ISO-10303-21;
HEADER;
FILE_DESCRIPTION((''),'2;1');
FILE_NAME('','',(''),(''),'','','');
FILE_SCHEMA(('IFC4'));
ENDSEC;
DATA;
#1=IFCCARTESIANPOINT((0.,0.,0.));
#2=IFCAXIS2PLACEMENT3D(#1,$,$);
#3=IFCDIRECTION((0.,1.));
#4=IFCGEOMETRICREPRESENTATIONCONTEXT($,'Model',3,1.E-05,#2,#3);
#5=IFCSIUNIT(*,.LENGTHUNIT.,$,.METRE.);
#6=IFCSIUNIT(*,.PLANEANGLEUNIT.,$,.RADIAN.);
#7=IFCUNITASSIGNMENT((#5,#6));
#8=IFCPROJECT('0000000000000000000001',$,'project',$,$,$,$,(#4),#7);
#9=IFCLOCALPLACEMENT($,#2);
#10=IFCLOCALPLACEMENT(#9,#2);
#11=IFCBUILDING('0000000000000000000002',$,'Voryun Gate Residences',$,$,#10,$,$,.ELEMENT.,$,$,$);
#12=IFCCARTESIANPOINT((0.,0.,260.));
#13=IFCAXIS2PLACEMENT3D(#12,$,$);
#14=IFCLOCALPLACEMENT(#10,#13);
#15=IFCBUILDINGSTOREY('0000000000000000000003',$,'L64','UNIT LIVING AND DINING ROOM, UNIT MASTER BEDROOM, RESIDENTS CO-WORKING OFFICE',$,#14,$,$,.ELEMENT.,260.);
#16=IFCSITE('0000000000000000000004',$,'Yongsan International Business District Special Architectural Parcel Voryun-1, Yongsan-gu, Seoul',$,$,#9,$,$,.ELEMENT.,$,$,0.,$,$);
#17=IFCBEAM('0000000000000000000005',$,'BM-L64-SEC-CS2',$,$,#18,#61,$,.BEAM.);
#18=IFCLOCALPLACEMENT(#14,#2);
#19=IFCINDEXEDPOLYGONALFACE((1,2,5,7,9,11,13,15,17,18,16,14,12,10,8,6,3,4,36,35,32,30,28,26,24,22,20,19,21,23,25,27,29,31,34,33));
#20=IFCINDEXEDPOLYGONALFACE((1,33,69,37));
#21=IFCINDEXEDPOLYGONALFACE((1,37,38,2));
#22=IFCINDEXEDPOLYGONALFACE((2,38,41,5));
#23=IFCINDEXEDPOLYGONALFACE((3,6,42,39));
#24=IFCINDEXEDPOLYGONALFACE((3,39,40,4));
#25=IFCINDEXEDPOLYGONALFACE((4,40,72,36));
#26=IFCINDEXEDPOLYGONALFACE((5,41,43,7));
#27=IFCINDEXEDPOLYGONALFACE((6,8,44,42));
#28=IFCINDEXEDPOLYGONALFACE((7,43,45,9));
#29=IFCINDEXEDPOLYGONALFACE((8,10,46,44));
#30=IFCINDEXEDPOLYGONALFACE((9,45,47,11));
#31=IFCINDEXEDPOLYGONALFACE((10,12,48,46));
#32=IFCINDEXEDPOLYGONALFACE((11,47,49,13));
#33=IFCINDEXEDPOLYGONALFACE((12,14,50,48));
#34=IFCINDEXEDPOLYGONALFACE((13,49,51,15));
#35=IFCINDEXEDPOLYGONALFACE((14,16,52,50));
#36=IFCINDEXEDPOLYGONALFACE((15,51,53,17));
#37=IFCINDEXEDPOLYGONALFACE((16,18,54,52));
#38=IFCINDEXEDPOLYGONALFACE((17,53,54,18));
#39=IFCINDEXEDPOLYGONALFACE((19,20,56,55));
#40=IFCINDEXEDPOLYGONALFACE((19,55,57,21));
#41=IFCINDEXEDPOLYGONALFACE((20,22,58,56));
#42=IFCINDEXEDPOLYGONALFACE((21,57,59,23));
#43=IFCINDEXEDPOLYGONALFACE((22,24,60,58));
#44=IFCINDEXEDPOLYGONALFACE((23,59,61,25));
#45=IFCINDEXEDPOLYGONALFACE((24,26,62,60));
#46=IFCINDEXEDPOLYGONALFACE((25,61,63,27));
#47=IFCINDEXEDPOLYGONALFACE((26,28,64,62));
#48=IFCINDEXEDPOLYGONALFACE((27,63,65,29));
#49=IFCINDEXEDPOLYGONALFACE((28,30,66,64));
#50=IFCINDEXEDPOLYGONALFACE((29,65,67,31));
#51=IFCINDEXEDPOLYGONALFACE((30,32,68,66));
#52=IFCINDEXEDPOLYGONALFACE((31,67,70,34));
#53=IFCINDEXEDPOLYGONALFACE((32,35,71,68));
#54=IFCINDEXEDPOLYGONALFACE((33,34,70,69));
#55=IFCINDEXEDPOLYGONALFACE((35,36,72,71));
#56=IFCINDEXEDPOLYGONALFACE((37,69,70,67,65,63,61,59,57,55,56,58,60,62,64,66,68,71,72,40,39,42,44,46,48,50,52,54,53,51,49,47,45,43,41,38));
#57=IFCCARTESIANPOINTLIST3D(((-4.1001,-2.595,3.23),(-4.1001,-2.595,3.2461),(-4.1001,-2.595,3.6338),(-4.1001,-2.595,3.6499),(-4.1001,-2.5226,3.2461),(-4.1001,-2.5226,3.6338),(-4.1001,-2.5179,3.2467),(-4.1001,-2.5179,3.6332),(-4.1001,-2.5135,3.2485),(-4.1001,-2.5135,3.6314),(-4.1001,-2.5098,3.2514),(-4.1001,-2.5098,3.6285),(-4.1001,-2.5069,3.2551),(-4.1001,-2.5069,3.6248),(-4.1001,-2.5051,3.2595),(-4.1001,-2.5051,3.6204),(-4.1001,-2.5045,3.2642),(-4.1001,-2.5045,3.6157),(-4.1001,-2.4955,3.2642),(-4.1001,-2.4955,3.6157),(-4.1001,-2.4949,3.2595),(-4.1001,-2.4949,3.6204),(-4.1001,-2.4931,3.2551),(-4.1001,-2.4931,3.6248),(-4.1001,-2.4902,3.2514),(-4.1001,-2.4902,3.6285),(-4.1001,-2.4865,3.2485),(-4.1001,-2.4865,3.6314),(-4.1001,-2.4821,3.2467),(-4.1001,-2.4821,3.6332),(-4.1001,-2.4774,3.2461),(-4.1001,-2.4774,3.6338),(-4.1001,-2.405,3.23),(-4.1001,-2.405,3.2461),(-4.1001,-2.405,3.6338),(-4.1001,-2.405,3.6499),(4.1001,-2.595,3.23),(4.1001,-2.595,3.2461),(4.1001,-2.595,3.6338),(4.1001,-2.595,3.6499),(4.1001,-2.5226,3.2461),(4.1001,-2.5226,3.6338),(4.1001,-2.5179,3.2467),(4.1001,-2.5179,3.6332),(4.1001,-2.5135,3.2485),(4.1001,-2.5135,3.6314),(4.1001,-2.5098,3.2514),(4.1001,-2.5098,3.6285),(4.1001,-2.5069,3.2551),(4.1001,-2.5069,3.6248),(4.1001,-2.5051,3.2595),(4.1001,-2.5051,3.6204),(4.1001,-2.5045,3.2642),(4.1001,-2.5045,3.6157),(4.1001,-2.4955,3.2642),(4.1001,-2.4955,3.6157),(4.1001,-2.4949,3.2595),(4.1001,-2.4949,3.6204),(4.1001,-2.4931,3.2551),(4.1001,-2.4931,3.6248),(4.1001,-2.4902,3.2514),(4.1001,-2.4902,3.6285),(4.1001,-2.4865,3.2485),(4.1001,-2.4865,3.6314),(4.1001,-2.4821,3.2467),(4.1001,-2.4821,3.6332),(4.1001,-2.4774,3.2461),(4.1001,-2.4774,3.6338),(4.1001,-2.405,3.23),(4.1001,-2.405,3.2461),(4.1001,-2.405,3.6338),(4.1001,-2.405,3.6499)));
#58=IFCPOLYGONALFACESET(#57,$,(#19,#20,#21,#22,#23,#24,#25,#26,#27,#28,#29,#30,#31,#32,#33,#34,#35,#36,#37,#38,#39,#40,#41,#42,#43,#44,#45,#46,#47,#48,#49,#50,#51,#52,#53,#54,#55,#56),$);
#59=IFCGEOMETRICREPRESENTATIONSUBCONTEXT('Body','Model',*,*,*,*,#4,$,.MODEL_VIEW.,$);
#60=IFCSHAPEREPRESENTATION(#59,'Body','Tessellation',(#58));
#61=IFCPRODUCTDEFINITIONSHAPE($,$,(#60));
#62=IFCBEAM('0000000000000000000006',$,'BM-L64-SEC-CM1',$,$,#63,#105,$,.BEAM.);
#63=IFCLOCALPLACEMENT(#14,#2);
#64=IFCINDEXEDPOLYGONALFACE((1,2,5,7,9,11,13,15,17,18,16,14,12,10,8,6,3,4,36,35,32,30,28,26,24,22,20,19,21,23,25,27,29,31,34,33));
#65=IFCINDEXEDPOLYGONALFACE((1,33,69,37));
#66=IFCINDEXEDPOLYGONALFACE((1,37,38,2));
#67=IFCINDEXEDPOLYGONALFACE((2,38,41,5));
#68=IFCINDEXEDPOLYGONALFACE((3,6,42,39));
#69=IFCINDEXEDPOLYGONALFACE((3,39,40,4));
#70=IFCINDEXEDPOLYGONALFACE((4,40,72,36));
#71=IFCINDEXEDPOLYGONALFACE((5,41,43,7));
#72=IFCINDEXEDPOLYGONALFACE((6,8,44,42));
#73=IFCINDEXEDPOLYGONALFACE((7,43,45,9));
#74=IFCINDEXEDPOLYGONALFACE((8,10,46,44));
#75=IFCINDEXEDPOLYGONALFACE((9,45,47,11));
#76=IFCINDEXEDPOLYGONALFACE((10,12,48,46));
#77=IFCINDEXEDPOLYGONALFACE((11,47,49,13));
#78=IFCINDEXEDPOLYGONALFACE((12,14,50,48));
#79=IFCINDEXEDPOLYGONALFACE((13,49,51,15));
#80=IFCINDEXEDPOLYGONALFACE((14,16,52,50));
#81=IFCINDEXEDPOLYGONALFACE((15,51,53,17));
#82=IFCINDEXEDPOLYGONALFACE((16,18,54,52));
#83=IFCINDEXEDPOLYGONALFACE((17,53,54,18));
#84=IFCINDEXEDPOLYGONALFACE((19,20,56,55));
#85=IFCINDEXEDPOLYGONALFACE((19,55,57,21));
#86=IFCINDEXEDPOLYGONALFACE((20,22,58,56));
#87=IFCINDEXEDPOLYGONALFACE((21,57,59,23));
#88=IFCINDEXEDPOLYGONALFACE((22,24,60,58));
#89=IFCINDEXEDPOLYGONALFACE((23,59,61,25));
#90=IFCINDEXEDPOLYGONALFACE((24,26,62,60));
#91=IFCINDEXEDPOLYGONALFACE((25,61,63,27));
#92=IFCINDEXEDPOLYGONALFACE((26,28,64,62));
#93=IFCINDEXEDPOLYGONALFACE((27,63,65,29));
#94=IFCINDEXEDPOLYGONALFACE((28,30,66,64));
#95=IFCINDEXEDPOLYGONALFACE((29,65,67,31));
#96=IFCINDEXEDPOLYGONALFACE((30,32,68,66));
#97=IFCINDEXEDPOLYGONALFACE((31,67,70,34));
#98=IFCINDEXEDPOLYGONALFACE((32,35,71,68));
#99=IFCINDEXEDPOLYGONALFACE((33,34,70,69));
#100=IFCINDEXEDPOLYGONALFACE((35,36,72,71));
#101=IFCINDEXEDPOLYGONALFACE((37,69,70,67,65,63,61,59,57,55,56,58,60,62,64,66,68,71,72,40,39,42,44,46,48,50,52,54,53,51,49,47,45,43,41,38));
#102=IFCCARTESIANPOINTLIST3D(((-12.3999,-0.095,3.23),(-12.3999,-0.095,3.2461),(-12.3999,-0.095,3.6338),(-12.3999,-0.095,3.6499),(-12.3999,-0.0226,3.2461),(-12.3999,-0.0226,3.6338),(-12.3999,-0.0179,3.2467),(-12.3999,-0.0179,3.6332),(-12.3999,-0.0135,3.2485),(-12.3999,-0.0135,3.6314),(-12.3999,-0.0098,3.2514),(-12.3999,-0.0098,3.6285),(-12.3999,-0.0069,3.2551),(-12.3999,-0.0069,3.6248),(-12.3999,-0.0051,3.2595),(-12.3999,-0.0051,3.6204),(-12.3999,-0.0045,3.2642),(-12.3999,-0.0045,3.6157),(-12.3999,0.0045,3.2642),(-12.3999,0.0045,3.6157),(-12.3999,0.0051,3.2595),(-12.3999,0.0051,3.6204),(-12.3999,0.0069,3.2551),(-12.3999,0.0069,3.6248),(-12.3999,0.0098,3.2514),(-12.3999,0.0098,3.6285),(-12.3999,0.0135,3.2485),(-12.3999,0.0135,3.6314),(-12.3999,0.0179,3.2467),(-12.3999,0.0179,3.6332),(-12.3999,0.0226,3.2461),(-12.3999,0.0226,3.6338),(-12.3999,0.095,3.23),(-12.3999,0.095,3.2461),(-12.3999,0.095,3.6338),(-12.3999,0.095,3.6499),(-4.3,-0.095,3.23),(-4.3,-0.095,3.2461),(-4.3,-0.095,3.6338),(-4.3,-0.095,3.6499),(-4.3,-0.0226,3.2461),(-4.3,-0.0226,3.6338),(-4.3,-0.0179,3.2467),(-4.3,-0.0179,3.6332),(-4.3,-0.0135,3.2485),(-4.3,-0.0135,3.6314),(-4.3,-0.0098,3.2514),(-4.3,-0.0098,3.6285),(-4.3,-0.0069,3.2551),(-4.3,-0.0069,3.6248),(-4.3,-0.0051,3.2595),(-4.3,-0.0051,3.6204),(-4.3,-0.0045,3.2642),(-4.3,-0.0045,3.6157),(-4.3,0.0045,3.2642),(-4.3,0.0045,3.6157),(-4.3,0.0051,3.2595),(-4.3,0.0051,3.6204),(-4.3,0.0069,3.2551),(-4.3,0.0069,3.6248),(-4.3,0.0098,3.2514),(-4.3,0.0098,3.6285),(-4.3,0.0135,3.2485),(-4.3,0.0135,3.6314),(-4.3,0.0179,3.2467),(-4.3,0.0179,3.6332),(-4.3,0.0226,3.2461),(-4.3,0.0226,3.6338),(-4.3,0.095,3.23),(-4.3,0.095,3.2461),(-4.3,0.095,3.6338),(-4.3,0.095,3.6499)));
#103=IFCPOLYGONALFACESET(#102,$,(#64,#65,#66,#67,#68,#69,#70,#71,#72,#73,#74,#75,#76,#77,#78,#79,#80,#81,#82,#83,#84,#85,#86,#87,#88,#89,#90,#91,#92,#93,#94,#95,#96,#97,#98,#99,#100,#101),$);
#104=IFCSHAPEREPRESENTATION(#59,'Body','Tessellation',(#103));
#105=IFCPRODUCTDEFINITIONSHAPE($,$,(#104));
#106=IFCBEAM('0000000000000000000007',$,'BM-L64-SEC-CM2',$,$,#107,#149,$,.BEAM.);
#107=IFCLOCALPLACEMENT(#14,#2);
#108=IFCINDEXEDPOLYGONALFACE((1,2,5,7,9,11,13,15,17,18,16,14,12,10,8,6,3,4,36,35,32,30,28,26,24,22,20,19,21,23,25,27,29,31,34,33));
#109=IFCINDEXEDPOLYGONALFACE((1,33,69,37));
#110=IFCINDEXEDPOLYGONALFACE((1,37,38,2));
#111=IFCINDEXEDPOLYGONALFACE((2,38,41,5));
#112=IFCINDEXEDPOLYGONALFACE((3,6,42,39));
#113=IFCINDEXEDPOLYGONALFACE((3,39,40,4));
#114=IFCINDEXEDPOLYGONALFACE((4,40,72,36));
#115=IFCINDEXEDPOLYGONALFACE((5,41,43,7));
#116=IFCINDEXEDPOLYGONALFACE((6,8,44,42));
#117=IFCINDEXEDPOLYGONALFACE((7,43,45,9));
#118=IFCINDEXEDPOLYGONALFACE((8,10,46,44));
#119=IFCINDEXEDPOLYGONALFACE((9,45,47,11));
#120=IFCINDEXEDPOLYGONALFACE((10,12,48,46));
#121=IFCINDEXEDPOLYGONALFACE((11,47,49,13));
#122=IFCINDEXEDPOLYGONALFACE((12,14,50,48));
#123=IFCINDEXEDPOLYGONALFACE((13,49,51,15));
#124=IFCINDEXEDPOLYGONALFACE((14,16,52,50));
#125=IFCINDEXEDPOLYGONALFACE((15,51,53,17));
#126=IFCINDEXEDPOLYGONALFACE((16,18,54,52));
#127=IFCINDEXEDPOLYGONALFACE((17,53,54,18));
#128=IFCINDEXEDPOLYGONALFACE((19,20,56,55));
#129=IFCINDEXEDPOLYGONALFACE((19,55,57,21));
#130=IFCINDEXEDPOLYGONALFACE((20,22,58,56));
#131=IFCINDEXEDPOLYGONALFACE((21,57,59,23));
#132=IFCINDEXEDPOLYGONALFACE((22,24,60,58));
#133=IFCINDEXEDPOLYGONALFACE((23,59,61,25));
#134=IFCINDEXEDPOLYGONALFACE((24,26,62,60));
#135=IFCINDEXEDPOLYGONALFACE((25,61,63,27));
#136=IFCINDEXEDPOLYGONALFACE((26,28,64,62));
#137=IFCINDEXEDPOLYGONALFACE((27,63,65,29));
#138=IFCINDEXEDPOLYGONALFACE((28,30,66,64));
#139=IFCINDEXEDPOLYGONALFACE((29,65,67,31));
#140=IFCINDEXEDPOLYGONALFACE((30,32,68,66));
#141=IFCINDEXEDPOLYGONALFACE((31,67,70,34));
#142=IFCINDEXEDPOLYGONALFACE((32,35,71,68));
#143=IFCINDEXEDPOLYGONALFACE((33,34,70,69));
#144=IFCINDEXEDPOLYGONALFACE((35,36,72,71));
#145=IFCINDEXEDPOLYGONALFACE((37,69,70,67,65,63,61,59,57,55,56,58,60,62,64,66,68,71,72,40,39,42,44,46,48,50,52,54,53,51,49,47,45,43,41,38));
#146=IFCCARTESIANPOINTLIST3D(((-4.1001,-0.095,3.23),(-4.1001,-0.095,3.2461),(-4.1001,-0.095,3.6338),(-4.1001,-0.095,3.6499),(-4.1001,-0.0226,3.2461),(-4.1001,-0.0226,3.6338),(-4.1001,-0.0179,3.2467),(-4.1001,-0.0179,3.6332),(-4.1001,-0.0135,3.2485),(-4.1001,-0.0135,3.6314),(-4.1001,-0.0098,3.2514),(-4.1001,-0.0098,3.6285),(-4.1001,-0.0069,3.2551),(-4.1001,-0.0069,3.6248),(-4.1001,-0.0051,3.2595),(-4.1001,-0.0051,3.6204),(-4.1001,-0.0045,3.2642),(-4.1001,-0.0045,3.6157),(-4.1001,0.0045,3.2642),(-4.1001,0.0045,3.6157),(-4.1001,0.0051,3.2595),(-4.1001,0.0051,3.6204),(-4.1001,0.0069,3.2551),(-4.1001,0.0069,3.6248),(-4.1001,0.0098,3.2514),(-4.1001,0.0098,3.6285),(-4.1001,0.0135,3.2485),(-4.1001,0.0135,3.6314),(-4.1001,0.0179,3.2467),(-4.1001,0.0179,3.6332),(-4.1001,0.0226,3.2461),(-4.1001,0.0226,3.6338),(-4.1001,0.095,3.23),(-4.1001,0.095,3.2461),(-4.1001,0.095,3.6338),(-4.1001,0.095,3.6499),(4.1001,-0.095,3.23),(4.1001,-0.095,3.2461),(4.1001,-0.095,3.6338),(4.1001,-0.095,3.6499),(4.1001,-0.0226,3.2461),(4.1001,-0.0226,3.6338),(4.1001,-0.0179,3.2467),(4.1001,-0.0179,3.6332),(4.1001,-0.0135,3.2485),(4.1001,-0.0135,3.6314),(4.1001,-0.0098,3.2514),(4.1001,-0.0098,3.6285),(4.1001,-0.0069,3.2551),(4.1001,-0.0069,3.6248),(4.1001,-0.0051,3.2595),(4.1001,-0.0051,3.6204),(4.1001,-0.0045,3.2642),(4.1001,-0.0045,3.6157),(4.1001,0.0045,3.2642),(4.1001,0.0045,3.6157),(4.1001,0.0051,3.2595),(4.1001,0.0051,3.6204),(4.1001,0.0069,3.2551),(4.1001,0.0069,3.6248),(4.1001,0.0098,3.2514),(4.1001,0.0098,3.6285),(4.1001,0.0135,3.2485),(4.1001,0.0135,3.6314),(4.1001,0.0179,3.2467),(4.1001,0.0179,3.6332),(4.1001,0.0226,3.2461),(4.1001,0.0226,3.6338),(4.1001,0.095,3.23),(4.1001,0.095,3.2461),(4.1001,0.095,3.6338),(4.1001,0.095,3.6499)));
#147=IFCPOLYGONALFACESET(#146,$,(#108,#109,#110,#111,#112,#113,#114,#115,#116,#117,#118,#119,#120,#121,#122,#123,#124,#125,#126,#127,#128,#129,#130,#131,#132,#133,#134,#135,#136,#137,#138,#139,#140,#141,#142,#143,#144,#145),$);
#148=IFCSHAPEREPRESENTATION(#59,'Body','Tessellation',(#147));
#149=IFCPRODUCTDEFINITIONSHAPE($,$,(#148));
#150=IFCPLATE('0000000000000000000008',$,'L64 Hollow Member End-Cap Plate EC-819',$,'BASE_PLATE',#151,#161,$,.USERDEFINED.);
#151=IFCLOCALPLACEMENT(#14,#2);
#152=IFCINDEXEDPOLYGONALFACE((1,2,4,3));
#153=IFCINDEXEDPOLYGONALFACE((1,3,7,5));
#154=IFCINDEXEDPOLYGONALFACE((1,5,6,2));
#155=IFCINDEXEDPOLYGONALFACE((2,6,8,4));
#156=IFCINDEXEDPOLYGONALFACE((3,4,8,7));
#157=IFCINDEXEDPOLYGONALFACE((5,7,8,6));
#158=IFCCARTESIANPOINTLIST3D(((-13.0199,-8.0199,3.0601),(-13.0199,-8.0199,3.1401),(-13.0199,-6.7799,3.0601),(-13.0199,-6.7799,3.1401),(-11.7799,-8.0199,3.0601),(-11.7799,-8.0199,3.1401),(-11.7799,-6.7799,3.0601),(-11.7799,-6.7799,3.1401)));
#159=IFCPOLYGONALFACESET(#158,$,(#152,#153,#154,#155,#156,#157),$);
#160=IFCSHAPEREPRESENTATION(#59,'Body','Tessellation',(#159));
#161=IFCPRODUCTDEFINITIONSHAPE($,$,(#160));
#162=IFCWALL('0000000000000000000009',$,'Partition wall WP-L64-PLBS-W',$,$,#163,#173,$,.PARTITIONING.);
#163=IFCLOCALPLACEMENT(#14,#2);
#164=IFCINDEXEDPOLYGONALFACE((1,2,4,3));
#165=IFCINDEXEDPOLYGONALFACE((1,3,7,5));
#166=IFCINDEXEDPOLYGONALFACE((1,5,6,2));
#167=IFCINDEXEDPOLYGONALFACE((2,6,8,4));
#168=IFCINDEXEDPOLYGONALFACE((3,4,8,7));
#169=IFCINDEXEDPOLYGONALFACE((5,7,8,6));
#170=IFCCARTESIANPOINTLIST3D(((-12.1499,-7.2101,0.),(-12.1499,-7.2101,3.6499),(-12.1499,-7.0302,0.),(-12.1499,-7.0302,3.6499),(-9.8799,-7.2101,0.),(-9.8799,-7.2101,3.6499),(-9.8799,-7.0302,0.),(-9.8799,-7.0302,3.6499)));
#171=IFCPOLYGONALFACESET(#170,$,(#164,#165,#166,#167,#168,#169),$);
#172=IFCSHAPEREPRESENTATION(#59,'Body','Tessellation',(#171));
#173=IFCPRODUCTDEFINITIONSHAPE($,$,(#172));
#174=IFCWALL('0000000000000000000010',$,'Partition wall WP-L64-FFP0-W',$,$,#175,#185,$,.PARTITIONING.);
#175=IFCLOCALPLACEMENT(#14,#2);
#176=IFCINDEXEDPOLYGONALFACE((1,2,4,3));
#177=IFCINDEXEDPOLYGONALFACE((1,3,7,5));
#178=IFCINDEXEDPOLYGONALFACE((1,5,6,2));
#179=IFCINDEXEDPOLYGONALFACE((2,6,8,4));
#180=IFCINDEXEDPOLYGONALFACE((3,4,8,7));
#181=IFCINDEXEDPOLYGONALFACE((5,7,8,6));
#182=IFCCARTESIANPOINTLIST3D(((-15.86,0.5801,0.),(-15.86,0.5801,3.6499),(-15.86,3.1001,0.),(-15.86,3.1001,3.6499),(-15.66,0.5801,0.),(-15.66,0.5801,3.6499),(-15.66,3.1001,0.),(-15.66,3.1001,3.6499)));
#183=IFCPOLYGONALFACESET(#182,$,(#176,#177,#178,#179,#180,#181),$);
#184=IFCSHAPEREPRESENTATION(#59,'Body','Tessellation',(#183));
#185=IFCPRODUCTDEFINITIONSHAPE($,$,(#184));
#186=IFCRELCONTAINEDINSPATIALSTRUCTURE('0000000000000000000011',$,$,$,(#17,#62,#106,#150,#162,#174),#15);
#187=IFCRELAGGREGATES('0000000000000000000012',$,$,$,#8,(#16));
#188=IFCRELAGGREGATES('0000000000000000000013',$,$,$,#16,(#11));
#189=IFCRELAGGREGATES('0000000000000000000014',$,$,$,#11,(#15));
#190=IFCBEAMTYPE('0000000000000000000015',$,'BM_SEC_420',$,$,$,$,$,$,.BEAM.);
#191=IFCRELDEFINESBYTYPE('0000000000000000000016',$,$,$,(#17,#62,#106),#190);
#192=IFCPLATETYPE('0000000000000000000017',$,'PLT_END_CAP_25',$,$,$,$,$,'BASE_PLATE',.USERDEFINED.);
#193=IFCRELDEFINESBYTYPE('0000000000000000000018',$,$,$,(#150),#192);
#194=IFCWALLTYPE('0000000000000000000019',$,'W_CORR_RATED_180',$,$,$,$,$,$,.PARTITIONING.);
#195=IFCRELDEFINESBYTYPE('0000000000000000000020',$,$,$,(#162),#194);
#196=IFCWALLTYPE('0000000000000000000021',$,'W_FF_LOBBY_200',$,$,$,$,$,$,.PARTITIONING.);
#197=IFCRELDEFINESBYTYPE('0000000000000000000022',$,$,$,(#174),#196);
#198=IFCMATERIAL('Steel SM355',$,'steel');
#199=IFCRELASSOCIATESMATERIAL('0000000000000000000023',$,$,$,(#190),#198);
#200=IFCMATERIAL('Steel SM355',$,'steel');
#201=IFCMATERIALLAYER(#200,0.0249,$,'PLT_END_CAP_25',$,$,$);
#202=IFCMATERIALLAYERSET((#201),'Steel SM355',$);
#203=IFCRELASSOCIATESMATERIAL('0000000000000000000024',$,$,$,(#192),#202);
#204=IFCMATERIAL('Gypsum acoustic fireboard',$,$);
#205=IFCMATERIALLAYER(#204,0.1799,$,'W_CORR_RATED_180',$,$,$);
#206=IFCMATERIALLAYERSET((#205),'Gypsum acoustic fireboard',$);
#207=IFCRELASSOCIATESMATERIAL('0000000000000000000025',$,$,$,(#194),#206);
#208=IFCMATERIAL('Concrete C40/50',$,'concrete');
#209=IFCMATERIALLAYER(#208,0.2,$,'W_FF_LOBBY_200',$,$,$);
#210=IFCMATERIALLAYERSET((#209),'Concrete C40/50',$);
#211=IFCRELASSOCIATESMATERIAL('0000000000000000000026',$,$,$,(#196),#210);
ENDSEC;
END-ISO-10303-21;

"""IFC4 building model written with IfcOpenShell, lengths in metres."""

from ifc_helpers import new_model, si_unit, direction, frame, frame_2d, origin, origin_2d, place, context, subcontext, project, spatial, rectangle, i_section, extrude, material, layer, layer_set, material_profile, profile_set, type_object, element, save


model = new_model("IFC4")

# Units and contexts
model_context = context("Model", 3, precision=1e-05, world=origin(), true_north=direction((0.0, 1.0)))
body_context = subcontext(model_context, "Body", "Model", "MODEL_VIEW")
ifc_project = project(units=[si_unit("LENGTHUNIT", "METRE"), si_unit("PLANEANGLEUNIT", "RADIAN")], contexts=[model_context])

# Site, building, storey
site_placement = place(None, origin())
site = spatial("IfcSite", under=ifc_project, at=site_placement, Name="Yongsan International Business District Special Architectural Parcel Voryun-1, Yongsan-gu, Seoul", CompositionType="ELEMENT", RefElevation=0.0)
building_placement = place(site_placement, origin())
building = spatial("IfcBuilding", under=site, at=building_placement, Name="Voryun Gate Residences", CompositionType="ELEMENT")
storey_placement = place(building_placement, frame((0.0, 0.0, 260.0)))
storey = spatial("IfcBuildingStorey", under=building, at=storey_placement, Name="L64", Description="UNIT LIVING AND DINING ROOM, UNIT MASTER BEDROOM, RESIDENTS CO-WORKING OFFICE", CompositionType="ELEMENT", Elevation=260.0)

# Beams
ifc_material_1 = material(Name="Steel SM355", Category="steel")
ifc_material_profile_1 = material_profile(ifc_material_1, i_section(OverallWidth=0.1899, OverallDepth=0.4199, WebThickness=0.009, FlangeThickness=0.0161, FilletRadius=0.0181, at=origin_2d()), Name="H-420x190x9x16")
ifc_profile_set_1 = profile_set([ifc_material_profile_1], Name="Steel SM355")
beam_type_1 = type_object("IfcBeamType", Name="BM_SEC_420", PredefinedType="BEAM", material=ifc_profile_set_1)
beam_1_placement = place(storey_placement, frame((-4.1001, -2.5, 3.4399), z_axis=(1.0, 0.0, 0.0), x_axis=(0.0, 1.0, 0.0)))
element("IfcBeam", 1, at=beam_1_placement, inside=storey, type_object=beam_type_1, Name="BM-L64-SEC-CS2", PredefinedType="BEAM", context=body_context, shape_type="SweptSolid", body=[
    extrude(i_section(OverallWidth=0.1899, OverallDepth=0.4199, WebThickness=0.009, FlangeThickness=0.0161, FilletRadius=0.0181, at=origin_2d()), origin(), (0.0, 0.0, 1.0), 8.2002),
])
beam_2_placement = place(storey_placement, frame((-12.3999, 0.0, 3.4399), z_axis=(1.0, 0.0, 0.0), x_axis=(0.0, 1.0, 0.0)))
element("IfcBeam", 2, at=beam_2_placement, inside=storey, type_object=beam_type_1, Name="BM-L64-SEC-CM1", PredefinedType="BEAM", context=body_context, shape_type="SweptSolid", body=[
    extrude(i_section(OverallWidth=0.1899, OverallDepth=0.4199, WebThickness=0.009, FlangeThickness=0.0161, FilletRadius=0.0181, at=origin_2d()), origin(), (0.0, 0.0, 1.0), 8.0999),
])
beam_3_placement = place(storey_placement, frame((-4.1001, 0.0, 3.4399), z_axis=(1.0, 0.0, 0.0), x_axis=(0.0, 1.0, 0.0)))
element("IfcBeam", 3, at=beam_3_placement, inside=storey, type_object=beam_type_1, Name="BM-L64-SEC-CM2", PredefinedType="BEAM", context=body_context, shape_type="SweptSolid", body=[
    extrude(i_section(OverallWidth=0.1899, OverallDepth=0.4199, WebThickness=0.009, FlangeThickness=0.0161, FilletRadius=0.0181, at=origin_2d()), origin(), (0.0, 0.0, 1.0), 8.2002),
])

# Plate
ifc_material_2 = material(Name="Steel SM355", Category="steel")
ifc_layer_1 = layer(ifc_material_2, 0.0249, Name="PLT_END_CAP_25")
ifc_layer_set_1 = layer_set([ifc_layer_1], Name="Steel SM355")
plate_type = type_object("IfcPlateType", Name="PLT_END_CAP_25", ElementType="BASE_PLATE", PredefinedType="USERDEFINED", material=ifc_layer_set_1)
plate_placement = place(storey_placement, frame((-12.3999, -7.3999, 3.0601), z_axis=(0.0, 0.0, 1.0), x_axis=(1.0, 0.0, 0.0)))
element("IfcPlate", 4, at=plate_placement, inside=storey, type_object=plate_type, Name="L64 Hollow Member End-Cap Plate EC-819", ObjectType="BASE_PLATE", PredefinedType="USERDEFINED", context=body_context, shape_type="SweptSolid", body=[
    extrude(rectangle(XDim=1.24, YDim=1.24, at=origin_2d()), origin(), (0.0, 0.0, 1.0), 0.0801),
])

# Walls
ifc_material_3 = material(Name="Gypsum acoustic fireboard")
ifc_layer_2 = layer(ifc_material_3, 0.1799, Name="W_CORR_RATED_180")
ifc_layer_set_2 = layer_set([ifc_layer_2], Name="Gypsum acoustic fireboard")
wall_type_1 = type_object("IfcWallType", Name="W_CORR_RATED_180", PredefinedType="PARTITIONING", material=ifc_layer_set_2)
wall_1_placement = place(storey_placement, frame((-12.1499, -7.1201, 0.0), z_axis=(0.0, 0.0, 1.0), x_axis=(1.0, 0.0, 0.0)))
element("IfcWall", 5, at=wall_1_placement, inside=storey, type_object=wall_type_1, Name="Partition wall WP-L64-PLBS-W", PredefinedType="PARTITIONING", context=body_context, shape_type="SweptSolid", body=[
    extrude(rectangle(XDim=2.27, YDim=0.1799, at=frame_2d((1.135, 0.0))), origin(), (0.0, 0.0, 1.0), 3.6499),
])
ifc_material_4 = material(Name="Concrete C40/50", Category="concrete")
ifc_layer_3 = layer(ifc_material_4, 0.2, Name="W_FF_LOBBY_200")
ifc_layer_set_3 = layer_set([ifc_layer_3], Name="Concrete C40/50")
wall_type_2 = type_object("IfcWallType", Name="W_FF_LOBBY_200", PredefinedType="PARTITIONING", material=ifc_layer_set_3)
wall_2_placement = place(storey_placement, frame((-15.76, 0.5801, 0.0), z_axis=(0.0, 0.0, 1.0), x_axis=(0.0, 1.0, 0.0)))
element("IfcWall", 6, at=wall_2_placement, inside=storey, type_object=wall_type_2, Name="Partition wall WP-L64-FFP0-W", PredefinedType="PARTITIONING", context=body_context, shape_type="SweptSolid", body=[
    extrude(rectangle(XDim=2.52, YDim=0.2, at=frame_2d((1.26, 0.0))), origin(), (0.0, 0.0, 1.0), 3.6499),
])

save(model, "model.ifc")
